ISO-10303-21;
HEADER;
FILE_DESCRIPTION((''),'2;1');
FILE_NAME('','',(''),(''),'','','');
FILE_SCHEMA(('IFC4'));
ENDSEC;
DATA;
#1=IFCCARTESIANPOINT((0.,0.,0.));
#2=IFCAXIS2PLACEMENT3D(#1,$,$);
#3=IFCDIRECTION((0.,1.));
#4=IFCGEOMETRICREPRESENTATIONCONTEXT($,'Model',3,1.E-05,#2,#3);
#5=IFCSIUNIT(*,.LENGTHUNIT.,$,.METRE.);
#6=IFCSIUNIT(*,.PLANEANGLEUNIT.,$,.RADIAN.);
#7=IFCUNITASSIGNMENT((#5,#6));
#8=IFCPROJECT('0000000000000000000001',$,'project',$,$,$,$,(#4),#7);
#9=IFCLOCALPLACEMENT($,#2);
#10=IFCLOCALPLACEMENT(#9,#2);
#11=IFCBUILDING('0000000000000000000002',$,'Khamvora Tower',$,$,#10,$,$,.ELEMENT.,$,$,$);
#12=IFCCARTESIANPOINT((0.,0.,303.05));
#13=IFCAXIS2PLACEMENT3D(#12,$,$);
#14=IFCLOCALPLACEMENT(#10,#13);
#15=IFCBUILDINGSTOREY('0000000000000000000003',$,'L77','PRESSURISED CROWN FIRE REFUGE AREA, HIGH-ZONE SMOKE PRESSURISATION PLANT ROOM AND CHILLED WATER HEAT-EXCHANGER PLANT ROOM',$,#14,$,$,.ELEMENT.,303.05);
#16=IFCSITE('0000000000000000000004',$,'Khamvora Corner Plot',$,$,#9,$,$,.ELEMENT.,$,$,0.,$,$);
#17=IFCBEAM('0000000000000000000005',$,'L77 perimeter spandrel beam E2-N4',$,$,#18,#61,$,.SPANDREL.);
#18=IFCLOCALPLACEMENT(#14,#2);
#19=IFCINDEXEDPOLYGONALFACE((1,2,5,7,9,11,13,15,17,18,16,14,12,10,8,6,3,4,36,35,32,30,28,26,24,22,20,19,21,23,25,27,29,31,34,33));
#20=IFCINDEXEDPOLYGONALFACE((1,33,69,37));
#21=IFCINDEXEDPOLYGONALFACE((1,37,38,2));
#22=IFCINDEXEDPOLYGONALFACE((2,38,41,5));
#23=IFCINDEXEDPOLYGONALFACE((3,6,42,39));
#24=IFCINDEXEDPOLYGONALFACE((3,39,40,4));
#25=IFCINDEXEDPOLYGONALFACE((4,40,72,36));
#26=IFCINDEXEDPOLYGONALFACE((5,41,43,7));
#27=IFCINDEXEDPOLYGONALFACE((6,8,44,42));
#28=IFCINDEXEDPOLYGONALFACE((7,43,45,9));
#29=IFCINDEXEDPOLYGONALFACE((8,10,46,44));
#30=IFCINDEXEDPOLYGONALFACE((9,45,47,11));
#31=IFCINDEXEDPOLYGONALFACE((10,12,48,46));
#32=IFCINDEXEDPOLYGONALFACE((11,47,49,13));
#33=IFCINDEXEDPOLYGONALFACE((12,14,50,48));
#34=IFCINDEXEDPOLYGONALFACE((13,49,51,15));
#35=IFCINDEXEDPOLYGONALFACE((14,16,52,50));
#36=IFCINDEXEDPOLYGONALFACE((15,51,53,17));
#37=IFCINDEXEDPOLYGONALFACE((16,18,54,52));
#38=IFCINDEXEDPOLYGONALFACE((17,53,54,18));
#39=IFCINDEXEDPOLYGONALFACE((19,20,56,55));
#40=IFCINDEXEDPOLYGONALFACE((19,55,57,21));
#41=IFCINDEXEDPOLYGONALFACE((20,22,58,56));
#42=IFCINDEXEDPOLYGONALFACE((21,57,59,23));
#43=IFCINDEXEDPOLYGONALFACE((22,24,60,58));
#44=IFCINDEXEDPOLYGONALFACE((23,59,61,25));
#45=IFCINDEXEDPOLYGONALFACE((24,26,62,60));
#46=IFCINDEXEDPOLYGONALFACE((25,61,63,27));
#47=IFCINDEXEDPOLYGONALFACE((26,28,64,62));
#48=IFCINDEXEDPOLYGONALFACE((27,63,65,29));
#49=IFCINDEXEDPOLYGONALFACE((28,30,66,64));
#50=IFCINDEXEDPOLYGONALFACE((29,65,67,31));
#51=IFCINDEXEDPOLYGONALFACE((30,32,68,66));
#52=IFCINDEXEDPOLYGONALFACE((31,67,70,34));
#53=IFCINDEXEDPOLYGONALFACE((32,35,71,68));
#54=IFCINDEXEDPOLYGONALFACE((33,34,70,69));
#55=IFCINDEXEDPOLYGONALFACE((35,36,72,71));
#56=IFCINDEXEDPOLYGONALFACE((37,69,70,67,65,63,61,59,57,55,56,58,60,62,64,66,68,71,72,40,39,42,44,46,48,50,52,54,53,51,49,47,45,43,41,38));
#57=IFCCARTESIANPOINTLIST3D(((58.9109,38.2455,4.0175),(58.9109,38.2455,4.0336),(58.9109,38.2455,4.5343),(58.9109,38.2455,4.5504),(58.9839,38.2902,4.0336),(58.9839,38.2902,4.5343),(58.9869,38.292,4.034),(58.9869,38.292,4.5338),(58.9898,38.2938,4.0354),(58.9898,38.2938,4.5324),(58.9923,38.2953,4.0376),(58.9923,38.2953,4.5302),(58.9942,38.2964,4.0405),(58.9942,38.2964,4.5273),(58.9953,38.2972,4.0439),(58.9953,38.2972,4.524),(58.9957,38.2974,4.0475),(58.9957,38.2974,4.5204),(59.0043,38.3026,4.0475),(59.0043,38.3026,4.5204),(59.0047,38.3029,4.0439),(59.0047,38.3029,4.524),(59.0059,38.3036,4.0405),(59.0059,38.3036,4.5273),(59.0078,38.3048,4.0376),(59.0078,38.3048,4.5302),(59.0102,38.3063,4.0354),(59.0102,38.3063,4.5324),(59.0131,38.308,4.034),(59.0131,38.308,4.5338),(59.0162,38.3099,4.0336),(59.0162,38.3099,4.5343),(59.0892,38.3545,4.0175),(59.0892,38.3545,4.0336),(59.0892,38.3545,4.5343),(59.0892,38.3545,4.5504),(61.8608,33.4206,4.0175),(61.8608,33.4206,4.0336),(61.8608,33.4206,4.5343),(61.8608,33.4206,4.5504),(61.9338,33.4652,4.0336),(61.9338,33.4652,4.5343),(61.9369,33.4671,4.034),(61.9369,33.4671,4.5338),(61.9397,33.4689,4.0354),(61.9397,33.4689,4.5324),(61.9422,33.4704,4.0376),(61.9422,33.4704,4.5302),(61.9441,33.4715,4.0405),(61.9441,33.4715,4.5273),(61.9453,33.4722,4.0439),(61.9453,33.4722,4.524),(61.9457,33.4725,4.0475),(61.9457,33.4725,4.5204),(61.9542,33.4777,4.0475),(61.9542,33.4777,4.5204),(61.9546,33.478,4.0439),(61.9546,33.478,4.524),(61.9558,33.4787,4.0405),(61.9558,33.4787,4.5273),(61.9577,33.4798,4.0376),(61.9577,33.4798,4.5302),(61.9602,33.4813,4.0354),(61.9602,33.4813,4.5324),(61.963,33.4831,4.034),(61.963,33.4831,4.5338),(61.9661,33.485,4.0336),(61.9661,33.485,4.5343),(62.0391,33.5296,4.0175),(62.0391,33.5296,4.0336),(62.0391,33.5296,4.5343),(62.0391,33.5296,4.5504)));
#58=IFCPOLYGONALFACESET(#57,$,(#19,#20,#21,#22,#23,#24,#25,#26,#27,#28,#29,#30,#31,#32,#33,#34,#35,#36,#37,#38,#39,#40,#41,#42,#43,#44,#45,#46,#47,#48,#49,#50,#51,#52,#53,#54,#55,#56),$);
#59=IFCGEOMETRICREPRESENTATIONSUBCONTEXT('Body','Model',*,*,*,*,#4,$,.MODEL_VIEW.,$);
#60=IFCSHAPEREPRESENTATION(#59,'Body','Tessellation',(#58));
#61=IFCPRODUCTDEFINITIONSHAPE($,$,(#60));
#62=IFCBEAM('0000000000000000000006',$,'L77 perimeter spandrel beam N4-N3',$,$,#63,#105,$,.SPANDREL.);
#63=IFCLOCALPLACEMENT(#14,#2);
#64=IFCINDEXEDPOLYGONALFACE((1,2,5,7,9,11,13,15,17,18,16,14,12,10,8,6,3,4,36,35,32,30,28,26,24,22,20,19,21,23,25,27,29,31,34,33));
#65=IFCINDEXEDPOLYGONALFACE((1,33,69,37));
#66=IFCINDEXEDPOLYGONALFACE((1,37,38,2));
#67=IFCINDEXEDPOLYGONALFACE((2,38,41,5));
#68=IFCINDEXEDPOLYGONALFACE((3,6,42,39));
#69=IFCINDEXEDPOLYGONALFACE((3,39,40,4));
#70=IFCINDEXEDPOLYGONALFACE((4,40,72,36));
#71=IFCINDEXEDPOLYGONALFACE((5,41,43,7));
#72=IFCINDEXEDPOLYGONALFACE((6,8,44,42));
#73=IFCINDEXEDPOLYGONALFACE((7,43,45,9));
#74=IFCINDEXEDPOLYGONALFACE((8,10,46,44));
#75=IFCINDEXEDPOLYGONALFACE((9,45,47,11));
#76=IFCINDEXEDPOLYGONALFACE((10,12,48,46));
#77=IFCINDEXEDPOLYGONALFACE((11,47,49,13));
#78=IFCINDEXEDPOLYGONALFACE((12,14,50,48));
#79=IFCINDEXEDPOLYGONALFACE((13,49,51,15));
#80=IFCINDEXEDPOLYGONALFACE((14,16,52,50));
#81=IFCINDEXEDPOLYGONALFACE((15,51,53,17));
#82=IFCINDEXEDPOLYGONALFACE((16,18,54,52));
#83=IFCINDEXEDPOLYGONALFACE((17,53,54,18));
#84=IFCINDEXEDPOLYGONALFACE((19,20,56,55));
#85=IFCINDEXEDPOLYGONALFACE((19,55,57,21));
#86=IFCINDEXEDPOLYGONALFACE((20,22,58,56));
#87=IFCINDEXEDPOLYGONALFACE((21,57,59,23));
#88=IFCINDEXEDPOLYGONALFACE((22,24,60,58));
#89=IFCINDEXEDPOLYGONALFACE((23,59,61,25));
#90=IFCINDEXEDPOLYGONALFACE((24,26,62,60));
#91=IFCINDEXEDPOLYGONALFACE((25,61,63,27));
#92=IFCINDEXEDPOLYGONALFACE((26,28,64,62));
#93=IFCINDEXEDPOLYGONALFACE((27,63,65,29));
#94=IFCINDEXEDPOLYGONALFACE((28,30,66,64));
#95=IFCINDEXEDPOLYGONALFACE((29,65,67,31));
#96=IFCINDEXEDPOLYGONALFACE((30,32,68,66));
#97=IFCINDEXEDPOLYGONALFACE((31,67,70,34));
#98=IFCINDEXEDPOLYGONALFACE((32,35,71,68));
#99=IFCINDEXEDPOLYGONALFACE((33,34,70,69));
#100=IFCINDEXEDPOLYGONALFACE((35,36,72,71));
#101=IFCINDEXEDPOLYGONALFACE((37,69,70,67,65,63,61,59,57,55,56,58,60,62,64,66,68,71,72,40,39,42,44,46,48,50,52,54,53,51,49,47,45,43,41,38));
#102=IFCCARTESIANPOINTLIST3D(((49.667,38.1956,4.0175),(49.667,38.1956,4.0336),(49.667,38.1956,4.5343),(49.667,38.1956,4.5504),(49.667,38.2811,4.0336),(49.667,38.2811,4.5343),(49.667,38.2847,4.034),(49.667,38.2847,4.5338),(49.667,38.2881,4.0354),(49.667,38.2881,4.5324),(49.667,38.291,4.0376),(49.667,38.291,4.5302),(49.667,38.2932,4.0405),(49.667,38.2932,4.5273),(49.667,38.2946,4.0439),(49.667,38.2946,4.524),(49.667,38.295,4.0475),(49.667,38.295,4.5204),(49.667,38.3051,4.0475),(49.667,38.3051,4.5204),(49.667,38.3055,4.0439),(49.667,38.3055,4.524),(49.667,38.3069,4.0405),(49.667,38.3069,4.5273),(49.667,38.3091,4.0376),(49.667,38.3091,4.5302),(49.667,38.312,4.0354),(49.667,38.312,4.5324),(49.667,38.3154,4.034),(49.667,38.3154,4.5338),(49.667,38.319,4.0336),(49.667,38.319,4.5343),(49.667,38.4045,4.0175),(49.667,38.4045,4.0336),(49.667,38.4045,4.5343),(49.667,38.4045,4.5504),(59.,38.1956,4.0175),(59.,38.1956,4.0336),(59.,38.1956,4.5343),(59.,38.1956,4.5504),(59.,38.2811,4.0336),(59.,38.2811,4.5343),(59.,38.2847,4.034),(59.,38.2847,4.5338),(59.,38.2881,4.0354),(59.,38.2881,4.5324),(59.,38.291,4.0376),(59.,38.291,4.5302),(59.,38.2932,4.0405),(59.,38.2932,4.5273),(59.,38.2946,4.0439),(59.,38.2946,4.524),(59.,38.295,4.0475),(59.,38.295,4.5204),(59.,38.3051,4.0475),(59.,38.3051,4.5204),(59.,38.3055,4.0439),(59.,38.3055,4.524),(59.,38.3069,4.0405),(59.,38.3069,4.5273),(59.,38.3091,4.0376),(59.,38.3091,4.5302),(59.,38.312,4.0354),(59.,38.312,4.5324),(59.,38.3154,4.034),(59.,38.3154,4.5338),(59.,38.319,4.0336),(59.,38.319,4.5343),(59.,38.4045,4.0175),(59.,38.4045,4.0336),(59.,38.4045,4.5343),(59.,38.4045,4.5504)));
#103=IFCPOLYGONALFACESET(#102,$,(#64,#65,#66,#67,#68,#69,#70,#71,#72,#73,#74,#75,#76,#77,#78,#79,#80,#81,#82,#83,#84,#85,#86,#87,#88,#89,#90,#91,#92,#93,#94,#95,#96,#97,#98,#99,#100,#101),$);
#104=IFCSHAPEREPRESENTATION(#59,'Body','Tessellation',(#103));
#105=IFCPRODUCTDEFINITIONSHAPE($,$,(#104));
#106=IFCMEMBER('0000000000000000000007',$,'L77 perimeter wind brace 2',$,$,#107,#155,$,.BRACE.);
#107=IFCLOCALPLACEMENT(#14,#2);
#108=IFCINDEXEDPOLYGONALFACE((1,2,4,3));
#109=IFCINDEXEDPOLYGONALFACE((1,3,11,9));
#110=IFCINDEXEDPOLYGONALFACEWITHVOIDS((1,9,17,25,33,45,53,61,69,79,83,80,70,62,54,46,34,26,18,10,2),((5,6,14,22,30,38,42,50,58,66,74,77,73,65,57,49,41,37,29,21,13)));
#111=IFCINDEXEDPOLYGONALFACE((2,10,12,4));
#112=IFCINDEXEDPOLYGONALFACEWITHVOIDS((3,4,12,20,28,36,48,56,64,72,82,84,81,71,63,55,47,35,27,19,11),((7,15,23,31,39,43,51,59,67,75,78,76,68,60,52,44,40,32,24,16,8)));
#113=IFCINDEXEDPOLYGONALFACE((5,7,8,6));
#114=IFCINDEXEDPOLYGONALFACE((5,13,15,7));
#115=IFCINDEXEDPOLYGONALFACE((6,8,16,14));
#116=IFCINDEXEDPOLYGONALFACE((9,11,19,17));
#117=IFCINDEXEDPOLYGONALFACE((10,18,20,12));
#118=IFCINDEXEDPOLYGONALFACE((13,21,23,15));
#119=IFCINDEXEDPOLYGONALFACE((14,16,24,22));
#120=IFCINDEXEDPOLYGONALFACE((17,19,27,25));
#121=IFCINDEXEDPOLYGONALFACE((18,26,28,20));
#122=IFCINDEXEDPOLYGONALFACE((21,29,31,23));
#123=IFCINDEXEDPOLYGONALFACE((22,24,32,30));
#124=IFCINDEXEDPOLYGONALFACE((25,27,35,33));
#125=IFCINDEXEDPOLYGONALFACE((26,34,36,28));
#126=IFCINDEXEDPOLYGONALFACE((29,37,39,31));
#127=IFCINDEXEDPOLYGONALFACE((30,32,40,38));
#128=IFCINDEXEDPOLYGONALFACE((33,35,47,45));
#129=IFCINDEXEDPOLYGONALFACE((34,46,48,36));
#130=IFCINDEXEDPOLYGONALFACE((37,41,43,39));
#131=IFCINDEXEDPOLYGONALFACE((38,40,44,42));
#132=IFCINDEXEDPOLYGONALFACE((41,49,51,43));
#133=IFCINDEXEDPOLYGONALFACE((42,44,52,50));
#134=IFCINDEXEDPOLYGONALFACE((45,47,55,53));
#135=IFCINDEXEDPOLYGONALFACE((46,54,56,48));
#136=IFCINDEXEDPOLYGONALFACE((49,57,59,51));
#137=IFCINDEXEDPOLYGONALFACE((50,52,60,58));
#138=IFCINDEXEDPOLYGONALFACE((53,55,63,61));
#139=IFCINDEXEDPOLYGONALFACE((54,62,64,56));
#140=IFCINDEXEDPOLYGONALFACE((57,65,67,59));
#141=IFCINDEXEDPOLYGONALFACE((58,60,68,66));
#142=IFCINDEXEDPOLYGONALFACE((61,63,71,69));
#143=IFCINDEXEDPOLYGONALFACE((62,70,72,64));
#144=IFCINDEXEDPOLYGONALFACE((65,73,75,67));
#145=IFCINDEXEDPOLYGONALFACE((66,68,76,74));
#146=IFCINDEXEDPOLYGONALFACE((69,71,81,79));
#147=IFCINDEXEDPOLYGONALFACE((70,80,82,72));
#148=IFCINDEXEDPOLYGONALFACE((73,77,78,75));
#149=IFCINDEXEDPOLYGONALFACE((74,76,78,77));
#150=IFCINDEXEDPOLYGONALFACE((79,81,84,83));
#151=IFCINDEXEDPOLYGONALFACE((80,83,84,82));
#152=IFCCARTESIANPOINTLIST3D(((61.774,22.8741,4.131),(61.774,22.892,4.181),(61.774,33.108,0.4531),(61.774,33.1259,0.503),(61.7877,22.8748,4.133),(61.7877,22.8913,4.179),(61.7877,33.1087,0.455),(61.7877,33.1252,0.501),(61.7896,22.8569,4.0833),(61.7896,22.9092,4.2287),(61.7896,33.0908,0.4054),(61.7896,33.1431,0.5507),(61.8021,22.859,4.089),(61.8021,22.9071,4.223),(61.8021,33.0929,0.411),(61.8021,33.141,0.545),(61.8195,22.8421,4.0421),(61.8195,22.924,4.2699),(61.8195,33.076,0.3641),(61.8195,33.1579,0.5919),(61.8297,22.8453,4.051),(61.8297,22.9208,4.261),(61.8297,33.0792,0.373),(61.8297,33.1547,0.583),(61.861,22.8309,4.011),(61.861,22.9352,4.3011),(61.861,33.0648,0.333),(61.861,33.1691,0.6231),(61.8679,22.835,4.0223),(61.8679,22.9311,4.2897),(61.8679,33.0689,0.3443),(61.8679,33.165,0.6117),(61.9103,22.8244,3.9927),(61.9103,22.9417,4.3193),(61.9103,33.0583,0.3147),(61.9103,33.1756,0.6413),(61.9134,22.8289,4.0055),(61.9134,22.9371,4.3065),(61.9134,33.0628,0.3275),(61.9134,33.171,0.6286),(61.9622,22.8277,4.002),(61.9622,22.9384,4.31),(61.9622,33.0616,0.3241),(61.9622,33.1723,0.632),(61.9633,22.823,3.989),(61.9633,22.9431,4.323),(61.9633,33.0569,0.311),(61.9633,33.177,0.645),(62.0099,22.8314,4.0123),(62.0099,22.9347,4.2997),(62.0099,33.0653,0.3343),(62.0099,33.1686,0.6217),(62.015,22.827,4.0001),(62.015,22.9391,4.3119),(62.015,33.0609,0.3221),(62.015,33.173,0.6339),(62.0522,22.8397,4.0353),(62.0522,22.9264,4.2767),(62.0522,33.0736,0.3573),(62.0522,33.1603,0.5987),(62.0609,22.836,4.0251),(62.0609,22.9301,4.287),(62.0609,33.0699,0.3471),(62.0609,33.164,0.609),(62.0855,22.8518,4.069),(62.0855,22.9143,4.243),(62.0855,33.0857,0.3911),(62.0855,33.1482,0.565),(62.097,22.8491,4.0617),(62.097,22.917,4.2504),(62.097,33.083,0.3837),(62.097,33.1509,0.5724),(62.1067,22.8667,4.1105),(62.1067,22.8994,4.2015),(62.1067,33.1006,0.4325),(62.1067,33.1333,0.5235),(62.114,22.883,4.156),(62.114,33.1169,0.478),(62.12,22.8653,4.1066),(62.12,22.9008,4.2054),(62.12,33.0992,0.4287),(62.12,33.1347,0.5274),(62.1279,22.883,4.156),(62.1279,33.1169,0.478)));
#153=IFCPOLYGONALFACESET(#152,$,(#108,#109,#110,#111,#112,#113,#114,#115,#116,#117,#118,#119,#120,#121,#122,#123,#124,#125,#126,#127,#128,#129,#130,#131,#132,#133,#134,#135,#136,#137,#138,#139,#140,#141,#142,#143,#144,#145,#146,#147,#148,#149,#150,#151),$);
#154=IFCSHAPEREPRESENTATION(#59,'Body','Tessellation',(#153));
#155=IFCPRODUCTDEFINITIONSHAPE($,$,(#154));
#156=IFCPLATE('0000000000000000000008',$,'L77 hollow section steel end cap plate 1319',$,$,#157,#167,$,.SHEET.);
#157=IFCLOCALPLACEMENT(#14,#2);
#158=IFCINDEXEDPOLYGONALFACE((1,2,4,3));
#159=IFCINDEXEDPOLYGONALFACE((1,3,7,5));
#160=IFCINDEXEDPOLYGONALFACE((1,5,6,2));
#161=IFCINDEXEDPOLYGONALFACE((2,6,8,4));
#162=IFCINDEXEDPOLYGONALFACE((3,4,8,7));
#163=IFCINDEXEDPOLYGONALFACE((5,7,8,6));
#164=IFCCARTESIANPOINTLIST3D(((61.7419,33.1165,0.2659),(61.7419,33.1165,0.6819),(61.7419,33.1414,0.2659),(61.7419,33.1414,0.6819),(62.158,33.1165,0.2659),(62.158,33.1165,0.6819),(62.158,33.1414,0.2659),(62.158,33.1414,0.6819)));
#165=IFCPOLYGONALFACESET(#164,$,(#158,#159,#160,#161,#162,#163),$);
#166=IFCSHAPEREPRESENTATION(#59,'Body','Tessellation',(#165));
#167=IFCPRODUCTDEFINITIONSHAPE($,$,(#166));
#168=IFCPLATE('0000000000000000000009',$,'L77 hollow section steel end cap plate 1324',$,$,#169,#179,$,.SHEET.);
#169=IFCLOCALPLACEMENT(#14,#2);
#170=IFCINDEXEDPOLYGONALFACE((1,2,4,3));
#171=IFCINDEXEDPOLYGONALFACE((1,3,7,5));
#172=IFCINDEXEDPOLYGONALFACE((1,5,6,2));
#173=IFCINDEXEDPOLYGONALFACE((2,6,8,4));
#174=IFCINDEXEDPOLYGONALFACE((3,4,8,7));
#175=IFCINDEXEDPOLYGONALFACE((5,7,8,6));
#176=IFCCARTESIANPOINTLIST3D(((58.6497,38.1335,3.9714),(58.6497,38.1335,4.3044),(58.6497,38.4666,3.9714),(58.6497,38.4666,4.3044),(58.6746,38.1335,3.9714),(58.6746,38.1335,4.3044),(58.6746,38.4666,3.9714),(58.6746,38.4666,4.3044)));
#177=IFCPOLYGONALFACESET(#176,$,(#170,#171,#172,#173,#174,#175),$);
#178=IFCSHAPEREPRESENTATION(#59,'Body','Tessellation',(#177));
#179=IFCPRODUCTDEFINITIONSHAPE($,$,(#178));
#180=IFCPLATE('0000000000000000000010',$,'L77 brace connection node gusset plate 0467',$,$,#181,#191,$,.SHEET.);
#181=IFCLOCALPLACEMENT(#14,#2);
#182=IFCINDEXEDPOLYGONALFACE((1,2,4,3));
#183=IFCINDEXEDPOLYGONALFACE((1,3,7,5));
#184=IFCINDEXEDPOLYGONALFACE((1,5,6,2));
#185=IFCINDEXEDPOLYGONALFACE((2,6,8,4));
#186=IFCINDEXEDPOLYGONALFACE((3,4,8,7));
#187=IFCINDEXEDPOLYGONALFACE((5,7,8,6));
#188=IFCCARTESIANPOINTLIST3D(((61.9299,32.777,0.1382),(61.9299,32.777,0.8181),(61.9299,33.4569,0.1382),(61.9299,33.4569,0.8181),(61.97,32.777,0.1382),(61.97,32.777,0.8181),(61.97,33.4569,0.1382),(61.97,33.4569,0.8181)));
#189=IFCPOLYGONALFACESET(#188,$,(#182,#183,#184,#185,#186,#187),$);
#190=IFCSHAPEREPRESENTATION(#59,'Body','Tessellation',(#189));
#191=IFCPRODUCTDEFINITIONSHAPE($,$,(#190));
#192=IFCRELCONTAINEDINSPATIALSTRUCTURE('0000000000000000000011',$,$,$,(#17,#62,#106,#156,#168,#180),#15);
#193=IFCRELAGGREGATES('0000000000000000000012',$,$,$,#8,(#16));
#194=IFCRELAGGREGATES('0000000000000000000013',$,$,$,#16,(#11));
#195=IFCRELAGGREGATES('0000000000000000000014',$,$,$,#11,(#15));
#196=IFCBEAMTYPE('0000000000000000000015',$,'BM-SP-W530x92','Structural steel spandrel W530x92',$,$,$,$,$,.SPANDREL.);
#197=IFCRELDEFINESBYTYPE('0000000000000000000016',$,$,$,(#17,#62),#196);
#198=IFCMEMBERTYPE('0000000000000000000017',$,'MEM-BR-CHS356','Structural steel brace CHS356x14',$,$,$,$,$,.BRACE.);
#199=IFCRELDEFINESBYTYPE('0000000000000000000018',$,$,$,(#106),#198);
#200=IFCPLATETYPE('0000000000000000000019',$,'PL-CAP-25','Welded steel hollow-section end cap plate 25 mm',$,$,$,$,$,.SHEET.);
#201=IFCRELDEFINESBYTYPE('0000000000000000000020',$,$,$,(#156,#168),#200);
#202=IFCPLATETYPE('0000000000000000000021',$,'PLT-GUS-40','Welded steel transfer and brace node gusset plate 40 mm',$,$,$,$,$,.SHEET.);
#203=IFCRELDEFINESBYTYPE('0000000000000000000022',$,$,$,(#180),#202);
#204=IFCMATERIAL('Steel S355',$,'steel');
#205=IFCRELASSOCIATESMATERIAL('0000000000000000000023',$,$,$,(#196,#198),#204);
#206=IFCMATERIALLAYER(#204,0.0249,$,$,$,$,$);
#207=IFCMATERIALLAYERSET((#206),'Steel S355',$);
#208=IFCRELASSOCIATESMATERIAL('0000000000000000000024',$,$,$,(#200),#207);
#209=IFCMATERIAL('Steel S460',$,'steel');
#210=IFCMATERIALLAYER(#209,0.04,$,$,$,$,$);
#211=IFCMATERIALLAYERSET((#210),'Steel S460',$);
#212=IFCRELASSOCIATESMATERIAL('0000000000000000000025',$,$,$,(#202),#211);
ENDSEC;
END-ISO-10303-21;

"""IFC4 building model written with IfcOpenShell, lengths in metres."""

from ifc_helpers import new_model, si_unit, direction, frame, origin, origin_2d, place, context, subcontext, project, spatial, rectangle, hollow_circle, i_section, extrude, material, layer, layer_set, material_profile, profile_set, type_object, element, save


model = new_model("IFC4")

# Units and contexts
model_context = context("Model", 3, precision=1e-05, world=origin(), true_north=direction((0.0, 1.0)))
body_context = subcontext(model_context, "Body", "Model", "MODEL_VIEW")
ifc_project = project(units=[si_unit("LENGTHUNIT", "METRE"), si_unit("PLANEANGLEUNIT", "RADIAN")], contexts=[model_context])

# Site, building, storey
site_placement = place(None, origin())
site = spatial("IfcSite", under=ifc_project, at=site_placement, Name="Khamvora Corner Plot", CompositionType="ELEMENT", RefElevation=0.0)
building_placement = place(site_placement, origin())
building = spatial("IfcBuilding", under=site, at=building_placement, Name="Khamvora Tower", CompositionType="ELEMENT")
storey_placement = place(building_placement, frame((0.0, 0.0, 303.05)))
storey = spatial("IfcBuildingStorey", under=building, at=storey_placement, Name="L77", Description="PRESSURISED CROWN FIRE REFUGE AREA, HIGH-ZONE SMOKE PRESSURISATION PLANT ROOM AND CHILLED WATER HEAT-EXCHANGER PLANT ROOM", CompositionType="ELEMENT", Elevation=303.05)

# Shared definitions
ifc_material_1 = material(Name="Steel S355", Category="steel")

# Beams
ifc_material_profile_1 = material_profile(ifc_material_1, i_section(OverallWidth=0.209, OverallDepth=0.533, WebThickness=0.01, FlangeThickness=0.0161, FilletRadius=0.0139, at=origin_2d()), Name="W530x92")
ifc_profile_set_1 = profile_set([ifc_material_profile_1], Name="Steel S355")
beam_type_1 = type_object("IfcBeamType", Name="BM-SP-W530x92", Description="Structural steel spandrel W530x92", PredefinedType="SPANDREL", material=ifc_profile_set_1)
beam_1_placement = place(storey_placement, frame((61.95, 33.4751, 4.2839), z_axis=(-0.521626, 0.853174, 0.0), x_axis=(-0.853174, -0.521626, 0.0)))
element("IfcBeam", 1, at=beam_1_placement, inside=storey, type_object=beam_type_1, Name="L77 perimeter spandrel beam E2-N4", PredefinedType="SPANDREL", context=body_context, shape_type="SweptSolid", body=[
    extrude(i_section(OverallWidth=0.209, OverallDepth=0.533, WebThickness=0.01, FlangeThickness=0.0161, FilletRadius=0.0139, at=origin_2d()), origin(), (0.0, 0.0, 1.0), 5.6553),
])
beam_2_placement = place(storey_placement, frame((59.0, 38.3, 4.2839), z_axis=(-1.0, 0.0, 0.0), x_axis=(0.0, -1.0, 0.0)))
element("IfcBeam", 2, at=beam_2_placement, inside=storey, type_object=beam_type_1, Name="L77 perimeter spandrel beam N4-N3", PredefinedType="SPANDREL", context=body_context, shape_type="SweptSolid", body=[
    extrude(i_section(OverallWidth=0.209, OverallDepth=0.533, WebThickness=0.01, FlangeThickness=0.0161, FilletRadius=0.0139, at=origin_2d()), origin(), (0.0, 0.0, 1.0), 9.333),
])

# Member
ifc_material_profile_2 = material_profile(ifc_material_1, hollow_circle(Radius=0.178, WallThickness=0.0139, at=origin_2d()), Name="CHS356x14")
ifc_profile_set_2 = profile_set([ifc_material_profile_2], Name="Steel S355")
member_type = type_object("IfcMemberType", Name="MEM-BR-CHS356", Description="Structural steel brace CHS356x14", PredefinedType="BRACE", material=ifc_profile_set_2)
member_placement = place(storey_placement, frame((61.95, 33.1169, 0.478), z_axis=(0.0, -0.94107, 0.338213), x_axis=(1.0, 0.0, 0.0)))
element("IfcMember", 3, at=member_placement, inside=storey, type_object=member_type, Name="L77 perimeter wind brace 2", PredefinedType="BRACE", context=body_context, shape_type="SweptSolid", body=[
    extrude(hollow_circle(Radius=0.178, WallThickness=0.0139, at=origin_2d()), origin(), (0.0, 0.0, 1.0), 10.8748),
])

# Plates
ifc_layer_1 = layer(ifc_material_1, 0.0249)
ifc_layer_set_1 = layer_set([ifc_layer_1], Name="Steel S355")
plate_type_1 = type_object("IfcPlateType", Name="PL-CAP-25", Description="Welded steel hollow-section end cap plate 25 mm", PredefinedType="SHEET", material=ifc_layer_set_1)
plate_1_placement = place(storey_placement, frame((61.95, 33.1289, 0.2659), z_axis=(0.0, 0.0, 1.0), x_axis=(0.0, -1.0, 0.0)))
element("IfcPlate", 4, at=plate_1_placement, inside=storey, type_object=plate_type_1, Name="L77 hollow section steel end cap plate 1319", PredefinedType="SHEET", context=body_context, shape_type="SweptSolid", body=[
    extrude(rectangle(XDim=0.0249, YDim=0.416, at=origin_2d()), origin(), (0.0, 0.0, 1.0), 0.416),
])
plate_2_placement = place(storey_placement, frame((58.6621, 38.3, 3.9714), z_axis=(0.0, 0.0, 1.0), x_axis=(1.0, 0.0, 0.0)))
element("IfcPlate", 5, at=plate_2_placement, inside=storey, type_object=plate_type_1, Name="L77 hollow section steel end cap plate 1324", PredefinedType="SHEET", context=body_context, shape_type="SweptSolid", body=[
    extrude(rectangle(XDim=0.0249, YDim=0.333, at=origin_2d()), origin(), (0.0, 0.0, 1.0), 0.333),
])
ifc_material_2 = material(Name="Steel S460", Category="steel")
ifc_layer_2 = layer(ifc_material_2, 0.04)
ifc_layer_set_2 = layer_set([ifc_layer_2], Name="Steel S460")
plate_type_2 = type_object("IfcPlateType", Name="PLT-GUS-40", Description="Welded steel transfer and brace node gusset plate 40 mm", PredefinedType="SHEET", material=ifc_layer_set_2)
for number, where, z_axis, x_axis, name in (
    (6, (61.95, 33.1169, 0.1382), (0.0, 0.0, 1.0), (0.0, 1.0, 0.0), "L77 brace connection node gusset plate 0467"),
):
    element("IfcPlate", number, at=place(storey_placement, frame(where, z_axis=z_axis, x_axis=x_axis)), inside=storey, type_object=plate_type_2, Name=name, PredefinedType="SHEET", context=body_context, shape_type="SweptSolid", body=[
        extrude(rectangle(XDim=0.6799, YDim=0.04, at=origin_2d()), origin(), (0.0, 0.0, 1.0), 0.6799),
    ])

save(model, "model.ifc")
